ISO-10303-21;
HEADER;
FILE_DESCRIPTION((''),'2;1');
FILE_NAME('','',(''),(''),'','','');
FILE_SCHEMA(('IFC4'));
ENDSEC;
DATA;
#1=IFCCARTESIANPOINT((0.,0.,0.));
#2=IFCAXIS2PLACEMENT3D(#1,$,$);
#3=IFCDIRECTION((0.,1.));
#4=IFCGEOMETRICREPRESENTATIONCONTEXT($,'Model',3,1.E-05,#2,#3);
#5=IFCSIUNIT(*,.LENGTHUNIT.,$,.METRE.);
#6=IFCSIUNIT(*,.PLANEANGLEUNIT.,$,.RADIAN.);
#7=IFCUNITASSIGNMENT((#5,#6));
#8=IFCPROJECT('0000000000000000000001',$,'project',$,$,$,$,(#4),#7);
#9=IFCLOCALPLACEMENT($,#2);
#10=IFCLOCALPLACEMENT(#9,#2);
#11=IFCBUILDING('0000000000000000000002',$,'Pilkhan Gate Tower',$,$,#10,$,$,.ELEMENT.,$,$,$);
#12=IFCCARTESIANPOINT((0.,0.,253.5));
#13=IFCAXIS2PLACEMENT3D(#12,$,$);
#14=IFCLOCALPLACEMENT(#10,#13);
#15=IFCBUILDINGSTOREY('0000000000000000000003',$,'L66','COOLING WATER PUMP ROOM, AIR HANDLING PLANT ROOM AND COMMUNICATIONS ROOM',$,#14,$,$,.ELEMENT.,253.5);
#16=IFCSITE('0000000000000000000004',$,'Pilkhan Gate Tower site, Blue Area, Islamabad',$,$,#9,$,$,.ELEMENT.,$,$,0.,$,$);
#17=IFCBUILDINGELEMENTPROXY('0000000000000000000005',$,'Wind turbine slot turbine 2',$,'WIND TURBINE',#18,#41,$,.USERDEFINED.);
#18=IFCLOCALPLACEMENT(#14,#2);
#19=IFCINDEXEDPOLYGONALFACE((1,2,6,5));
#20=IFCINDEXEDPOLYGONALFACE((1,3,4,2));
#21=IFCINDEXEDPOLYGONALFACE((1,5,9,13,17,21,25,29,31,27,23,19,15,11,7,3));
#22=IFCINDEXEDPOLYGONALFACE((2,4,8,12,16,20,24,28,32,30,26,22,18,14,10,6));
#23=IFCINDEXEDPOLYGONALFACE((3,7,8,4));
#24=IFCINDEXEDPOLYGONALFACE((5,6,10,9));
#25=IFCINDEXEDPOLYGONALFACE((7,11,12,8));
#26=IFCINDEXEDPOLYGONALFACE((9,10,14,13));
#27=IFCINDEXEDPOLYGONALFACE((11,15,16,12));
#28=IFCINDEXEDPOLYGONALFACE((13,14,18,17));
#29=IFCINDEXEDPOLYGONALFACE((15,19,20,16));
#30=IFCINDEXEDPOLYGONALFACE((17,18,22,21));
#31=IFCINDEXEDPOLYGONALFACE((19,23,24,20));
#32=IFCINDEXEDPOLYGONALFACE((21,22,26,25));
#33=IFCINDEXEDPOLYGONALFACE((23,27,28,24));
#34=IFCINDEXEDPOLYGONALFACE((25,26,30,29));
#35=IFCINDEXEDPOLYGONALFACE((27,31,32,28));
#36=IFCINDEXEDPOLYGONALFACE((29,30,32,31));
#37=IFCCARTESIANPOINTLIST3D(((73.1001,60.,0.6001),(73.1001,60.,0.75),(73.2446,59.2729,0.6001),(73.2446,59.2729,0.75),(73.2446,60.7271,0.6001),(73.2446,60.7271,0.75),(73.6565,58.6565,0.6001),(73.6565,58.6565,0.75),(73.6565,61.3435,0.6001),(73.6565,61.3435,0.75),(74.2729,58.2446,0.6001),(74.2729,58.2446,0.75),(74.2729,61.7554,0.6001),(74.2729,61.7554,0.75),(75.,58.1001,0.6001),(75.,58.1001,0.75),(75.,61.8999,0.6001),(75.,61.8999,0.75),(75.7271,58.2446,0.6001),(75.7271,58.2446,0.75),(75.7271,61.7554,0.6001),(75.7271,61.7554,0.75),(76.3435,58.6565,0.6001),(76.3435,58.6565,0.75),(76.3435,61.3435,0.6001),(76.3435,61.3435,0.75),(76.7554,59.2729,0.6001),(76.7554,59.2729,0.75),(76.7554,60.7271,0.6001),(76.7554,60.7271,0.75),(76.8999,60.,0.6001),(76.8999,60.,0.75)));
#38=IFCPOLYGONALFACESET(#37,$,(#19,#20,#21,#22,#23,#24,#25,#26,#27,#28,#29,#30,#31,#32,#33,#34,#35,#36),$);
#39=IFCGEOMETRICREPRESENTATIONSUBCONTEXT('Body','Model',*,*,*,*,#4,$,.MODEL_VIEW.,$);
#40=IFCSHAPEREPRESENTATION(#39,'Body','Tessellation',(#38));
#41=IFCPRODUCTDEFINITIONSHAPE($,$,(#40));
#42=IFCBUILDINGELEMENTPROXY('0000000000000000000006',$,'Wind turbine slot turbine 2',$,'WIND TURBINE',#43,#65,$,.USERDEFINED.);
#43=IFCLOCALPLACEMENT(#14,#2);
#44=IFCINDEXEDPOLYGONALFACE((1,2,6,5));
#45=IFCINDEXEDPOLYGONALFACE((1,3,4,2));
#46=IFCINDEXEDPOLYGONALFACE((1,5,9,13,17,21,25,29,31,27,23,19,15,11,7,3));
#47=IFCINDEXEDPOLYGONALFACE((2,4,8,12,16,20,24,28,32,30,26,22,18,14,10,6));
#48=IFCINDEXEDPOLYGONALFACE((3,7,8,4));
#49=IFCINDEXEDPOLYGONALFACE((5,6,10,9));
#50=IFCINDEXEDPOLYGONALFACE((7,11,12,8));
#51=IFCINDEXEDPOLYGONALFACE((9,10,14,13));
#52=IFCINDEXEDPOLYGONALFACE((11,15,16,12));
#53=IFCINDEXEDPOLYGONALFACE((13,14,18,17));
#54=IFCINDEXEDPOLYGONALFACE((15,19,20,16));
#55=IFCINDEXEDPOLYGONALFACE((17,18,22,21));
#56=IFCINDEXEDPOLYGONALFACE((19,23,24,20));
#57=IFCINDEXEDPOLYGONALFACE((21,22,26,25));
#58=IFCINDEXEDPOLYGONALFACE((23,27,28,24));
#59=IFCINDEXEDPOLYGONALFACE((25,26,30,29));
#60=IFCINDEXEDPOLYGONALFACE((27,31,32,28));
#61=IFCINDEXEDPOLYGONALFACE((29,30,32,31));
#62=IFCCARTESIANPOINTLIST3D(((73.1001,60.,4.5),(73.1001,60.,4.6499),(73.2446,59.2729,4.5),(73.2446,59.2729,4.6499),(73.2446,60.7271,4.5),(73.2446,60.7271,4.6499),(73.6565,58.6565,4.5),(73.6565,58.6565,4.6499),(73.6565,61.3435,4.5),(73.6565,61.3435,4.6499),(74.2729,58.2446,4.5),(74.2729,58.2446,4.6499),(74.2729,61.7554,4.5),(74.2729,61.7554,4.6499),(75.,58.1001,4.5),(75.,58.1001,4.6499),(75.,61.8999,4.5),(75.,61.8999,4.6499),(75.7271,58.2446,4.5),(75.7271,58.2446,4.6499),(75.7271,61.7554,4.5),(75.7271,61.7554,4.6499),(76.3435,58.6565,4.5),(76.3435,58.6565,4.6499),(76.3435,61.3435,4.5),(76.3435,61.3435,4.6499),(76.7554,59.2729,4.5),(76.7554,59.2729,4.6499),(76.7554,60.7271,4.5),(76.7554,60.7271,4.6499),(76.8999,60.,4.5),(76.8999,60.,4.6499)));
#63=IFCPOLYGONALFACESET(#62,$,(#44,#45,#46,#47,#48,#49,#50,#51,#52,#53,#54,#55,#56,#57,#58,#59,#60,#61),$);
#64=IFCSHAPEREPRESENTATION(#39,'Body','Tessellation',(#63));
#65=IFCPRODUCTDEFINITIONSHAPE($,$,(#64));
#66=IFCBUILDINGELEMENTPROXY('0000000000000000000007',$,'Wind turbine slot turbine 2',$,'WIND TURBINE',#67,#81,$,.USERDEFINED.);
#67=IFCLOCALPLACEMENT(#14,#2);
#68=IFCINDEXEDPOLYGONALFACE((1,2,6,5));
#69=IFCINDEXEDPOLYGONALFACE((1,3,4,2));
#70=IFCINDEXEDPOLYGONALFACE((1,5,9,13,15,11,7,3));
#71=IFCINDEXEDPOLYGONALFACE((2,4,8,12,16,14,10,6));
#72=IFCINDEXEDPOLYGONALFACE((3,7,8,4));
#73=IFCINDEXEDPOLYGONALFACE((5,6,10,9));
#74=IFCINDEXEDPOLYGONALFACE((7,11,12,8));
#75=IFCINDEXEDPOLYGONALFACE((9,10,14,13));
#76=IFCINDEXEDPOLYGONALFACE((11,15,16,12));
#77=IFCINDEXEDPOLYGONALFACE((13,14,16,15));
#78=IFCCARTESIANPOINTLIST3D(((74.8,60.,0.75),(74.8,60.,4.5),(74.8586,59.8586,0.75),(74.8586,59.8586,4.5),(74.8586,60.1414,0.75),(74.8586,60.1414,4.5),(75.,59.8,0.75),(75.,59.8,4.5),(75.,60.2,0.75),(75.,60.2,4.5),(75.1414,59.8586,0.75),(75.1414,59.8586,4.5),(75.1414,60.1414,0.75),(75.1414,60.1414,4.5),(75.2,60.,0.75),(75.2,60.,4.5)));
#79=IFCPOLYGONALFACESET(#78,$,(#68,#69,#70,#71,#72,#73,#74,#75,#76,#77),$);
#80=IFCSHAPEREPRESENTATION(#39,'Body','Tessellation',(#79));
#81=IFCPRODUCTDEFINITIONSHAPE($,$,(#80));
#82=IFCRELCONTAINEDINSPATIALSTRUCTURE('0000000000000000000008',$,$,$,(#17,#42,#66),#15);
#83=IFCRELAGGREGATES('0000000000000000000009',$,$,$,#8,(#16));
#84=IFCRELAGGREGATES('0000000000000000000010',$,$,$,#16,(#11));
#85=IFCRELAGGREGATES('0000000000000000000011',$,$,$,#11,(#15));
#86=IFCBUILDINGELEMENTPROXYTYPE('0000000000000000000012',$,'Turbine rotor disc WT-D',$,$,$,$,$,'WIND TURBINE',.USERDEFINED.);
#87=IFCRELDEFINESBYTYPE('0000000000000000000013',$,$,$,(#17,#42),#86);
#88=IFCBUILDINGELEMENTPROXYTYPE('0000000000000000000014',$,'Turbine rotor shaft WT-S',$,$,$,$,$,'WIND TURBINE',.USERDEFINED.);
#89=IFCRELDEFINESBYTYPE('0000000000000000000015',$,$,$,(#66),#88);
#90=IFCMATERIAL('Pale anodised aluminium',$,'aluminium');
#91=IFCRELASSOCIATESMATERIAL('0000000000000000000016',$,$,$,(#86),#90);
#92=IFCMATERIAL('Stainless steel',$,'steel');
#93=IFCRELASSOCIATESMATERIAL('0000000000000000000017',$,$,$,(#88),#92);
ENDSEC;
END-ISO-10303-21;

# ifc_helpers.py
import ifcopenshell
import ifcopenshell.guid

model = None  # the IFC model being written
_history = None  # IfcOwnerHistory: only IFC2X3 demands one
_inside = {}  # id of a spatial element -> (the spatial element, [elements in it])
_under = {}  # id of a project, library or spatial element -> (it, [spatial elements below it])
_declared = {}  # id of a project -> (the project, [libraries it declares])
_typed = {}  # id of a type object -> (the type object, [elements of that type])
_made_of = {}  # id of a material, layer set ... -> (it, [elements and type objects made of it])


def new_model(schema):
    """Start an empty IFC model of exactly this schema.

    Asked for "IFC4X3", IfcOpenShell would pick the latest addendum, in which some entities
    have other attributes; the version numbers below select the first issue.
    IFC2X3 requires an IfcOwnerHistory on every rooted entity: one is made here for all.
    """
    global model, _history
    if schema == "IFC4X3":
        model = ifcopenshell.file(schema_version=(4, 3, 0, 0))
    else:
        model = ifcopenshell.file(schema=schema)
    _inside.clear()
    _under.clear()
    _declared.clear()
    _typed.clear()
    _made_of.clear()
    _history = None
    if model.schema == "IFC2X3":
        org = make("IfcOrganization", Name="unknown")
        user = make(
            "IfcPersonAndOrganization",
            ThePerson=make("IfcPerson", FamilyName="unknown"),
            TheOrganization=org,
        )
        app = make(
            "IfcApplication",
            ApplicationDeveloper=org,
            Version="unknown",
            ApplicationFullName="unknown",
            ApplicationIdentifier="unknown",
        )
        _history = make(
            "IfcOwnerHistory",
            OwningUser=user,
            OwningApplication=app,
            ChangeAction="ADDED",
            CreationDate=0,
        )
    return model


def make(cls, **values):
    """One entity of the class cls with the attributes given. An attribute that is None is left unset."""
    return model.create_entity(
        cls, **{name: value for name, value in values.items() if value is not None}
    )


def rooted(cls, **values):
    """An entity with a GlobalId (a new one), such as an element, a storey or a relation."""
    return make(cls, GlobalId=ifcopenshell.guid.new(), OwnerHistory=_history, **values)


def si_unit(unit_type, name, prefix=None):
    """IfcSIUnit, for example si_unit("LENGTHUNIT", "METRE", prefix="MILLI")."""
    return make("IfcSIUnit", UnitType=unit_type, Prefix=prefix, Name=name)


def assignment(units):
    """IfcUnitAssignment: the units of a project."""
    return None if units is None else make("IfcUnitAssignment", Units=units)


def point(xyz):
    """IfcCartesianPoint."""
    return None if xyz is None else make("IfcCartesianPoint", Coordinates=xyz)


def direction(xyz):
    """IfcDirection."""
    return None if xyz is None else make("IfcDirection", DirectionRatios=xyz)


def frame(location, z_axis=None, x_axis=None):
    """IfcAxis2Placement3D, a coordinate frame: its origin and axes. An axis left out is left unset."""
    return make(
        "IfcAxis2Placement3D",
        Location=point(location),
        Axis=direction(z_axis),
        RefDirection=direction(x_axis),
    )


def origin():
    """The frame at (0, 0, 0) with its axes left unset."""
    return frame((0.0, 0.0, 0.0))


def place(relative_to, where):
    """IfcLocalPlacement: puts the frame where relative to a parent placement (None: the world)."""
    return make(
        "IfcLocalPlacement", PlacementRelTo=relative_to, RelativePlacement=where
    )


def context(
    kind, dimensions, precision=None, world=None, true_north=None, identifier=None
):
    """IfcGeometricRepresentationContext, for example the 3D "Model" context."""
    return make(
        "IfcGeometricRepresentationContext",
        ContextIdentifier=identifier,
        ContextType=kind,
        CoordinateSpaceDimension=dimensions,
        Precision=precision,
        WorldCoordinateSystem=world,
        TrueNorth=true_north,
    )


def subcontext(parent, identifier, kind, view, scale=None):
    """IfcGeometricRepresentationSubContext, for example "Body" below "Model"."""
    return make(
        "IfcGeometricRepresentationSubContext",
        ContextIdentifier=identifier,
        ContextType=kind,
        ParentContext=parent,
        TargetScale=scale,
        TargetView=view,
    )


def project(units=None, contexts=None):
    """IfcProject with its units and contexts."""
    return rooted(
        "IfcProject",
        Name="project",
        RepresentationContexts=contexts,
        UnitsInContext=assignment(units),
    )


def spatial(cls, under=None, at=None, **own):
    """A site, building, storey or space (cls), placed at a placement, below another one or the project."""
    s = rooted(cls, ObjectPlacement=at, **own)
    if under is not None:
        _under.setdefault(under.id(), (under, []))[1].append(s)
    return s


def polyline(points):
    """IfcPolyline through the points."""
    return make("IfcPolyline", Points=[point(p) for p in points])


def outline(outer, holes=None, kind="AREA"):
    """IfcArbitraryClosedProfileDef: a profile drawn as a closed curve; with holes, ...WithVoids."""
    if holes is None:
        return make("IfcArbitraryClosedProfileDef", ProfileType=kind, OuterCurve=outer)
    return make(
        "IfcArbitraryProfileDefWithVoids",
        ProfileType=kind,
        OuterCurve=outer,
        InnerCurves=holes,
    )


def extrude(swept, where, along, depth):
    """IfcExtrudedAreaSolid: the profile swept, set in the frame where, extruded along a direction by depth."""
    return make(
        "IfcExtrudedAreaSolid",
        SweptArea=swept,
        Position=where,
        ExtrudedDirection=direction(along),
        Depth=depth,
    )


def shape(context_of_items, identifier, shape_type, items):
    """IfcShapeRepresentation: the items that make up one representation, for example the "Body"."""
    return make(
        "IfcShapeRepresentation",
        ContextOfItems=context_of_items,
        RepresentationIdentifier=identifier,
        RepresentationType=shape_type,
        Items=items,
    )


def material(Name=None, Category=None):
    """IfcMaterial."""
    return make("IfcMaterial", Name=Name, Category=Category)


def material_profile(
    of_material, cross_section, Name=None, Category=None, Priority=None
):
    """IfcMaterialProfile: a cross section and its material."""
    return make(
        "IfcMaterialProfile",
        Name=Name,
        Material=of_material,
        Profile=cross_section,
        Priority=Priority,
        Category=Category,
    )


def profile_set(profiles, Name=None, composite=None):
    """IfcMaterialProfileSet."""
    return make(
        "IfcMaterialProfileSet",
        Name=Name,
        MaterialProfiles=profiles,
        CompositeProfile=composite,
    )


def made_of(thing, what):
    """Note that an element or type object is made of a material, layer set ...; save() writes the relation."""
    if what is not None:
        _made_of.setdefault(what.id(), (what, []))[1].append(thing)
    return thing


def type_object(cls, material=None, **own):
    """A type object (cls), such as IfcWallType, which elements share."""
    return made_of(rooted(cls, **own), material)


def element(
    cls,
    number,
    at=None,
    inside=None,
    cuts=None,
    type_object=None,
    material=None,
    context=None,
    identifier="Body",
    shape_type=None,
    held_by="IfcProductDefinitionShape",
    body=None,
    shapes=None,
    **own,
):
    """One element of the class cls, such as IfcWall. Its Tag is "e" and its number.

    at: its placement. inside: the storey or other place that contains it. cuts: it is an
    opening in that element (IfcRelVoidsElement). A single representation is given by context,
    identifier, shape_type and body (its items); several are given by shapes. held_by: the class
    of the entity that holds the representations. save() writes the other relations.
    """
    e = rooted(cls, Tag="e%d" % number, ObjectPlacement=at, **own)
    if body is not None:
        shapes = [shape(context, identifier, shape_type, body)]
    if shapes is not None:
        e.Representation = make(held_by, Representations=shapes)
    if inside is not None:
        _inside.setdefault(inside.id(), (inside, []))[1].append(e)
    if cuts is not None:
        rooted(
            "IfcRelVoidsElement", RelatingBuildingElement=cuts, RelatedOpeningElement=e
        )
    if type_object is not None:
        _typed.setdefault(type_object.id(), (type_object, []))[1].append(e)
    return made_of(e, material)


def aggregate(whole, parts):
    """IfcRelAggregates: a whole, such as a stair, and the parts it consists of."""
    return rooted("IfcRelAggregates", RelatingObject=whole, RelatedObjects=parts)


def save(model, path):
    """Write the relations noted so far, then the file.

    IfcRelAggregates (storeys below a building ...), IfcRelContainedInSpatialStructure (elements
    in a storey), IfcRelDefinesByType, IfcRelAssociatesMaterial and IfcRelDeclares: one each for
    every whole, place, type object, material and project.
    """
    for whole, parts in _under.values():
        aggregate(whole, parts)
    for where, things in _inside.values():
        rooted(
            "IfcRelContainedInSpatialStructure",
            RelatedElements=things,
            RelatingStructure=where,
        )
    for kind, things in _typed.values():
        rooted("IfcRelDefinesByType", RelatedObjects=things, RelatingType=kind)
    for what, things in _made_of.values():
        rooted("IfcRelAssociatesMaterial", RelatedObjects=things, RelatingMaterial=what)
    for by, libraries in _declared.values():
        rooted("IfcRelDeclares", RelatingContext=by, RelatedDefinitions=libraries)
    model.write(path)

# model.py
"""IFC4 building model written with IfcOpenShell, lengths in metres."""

from ifc_helpers import new_model, si_unit, direction, frame, origin, place, context, subcontext, project, spatial, polyline, outline, extrude, material, material_profile, profile_set, type_object, element, save


model = new_model("IFC4")

# Units and contexts
model_context = context("Model", 3, precision=1e-05, world=origin(), true_north=direction((0.0, 1.0)))
body_context = subcontext(model_context, "Body", "Model", "MODEL_VIEW")
ifc_project = project(units=[si_unit("LENGTHUNIT", "METRE"), si_unit("PLANEANGLEUNIT", "RADIAN")], contexts=[model_context])

# Site, building, storey
site_placement = place(None, origin())
site = spatial("IfcSite", under=ifc_project, at=site_placement, Name="Pilkhan Gate Tower site, Blue Area, Islamabad", CompositionType="ELEMENT", RefElevation=0.0)
building_placement = place(site_placement, origin())
building = spatial("IfcBuilding", under=site, at=building_placement, Name="Pilkhan Gate Tower", CompositionType="ELEMENT")
storey_placement = place(building_placement, frame((0.0, 0.0, 253.5)))
storey = spatial("IfcBuildingStorey", under=building, at=storey_placement, Name="L66", Description="COOLING WATER PUMP ROOM, AIR HANDLING PLANT ROOM AND COMMUNICATIONS ROOM", CompositionType="ELEMENT", Elevation=253.5)

# Building element proxies
ifc_material_1 = material(Name="Pale anodised aluminium", Category="aluminium")
ifc_material_profile_1 = material_profile(ifc_material_1, outline(polyline([(1.8999, 0.0), (1.7554, 0.7271), (1.3435, 1.3435), (0.7271, 1.7554), (0.0, 1.8999), (-0.7271, 1.7554), (-1.3435, 1.3435), (-1.7554, 0.7271), (-1.8999, 0.0), (-1.7554, -0.7271), (-1.3435, -1.3435), (-0.7271, -1.7554), (0.0, -1.8999), (0.7271, -1.7554), (1.3435, -1.3435), (1.7554, -0.7271), (1.8999, 0.0)])), Name="Rotor disc D3.8")
ifc_profile_set_1 = profile_set([ifc_material_profile_1], Name="Pale anodised aluminium")
building_element_proxy_type_1 = type_object("IfcBuildingElementProxyType", Name="Turbine rotor disc WT-D", ElementType="WIND TURBINE", PredefinedType="USERDEFINED", material=ifc_profile_set_1)
for number, where, z_axis, x_axis, name in (
    (1, (75.0, 60.0, 0.6001), (0.0, 0.0, 1.0), (1.0, 0.0, 0.0), "Wind turbine slot turbine 2"),
    (2, (75.0, 60.0, 4.5), (0.0, 0.0, 1.0), (1.0, 0.0, 0.0), "Wind turbine slot turbine 2"),
):
    element("IfcBuildingElementProxy", number, at=place(storey_placement, frame(where, z_axis=z_axis, x_axis=x_axis)), inside=storey, type_object=building_element_proxy_type_1, Name=name, ObjectType="WIND TURBINE", PredefinedType="USERDEFINED", context=body_context, shape_type="SweptSolid", body=[
        extrude(outline(polyline([(1.8999, 0.0), (1.7554, 0.7271), (1.3435, 1.3435), (0.7271, 1.7554), (0.0, 1.8999), (-0.7271, 1.7554), (-1.3435, 1.3435), (-1.7554, 0.7271), (-1.8999, 0.0), (-1.7554, -0.7271), (-1.3435, -1.3435), (-0.7271, -1.7554), (0.0, -1.8999), (0.7271, -1.7554), (1.3435, -1.3435), (1.7554, -0.7271), (1.8999, 0.0)])), origin(), (0.0, 0.0, 1.0), 0.1499),
    ])
ifc_material_2 = material(Name="Stainless steel", Category="steel")
ifc_material_profile_2 = material_profile(ifc_material_2, outline(polyline([(0.2, 0.0), (0.1414, 0.1414), (0.0, 0.2), (-0.1414, 0.1414), (-0.2, 0.0), (-0.1414, -0.1414), (0.0, -0.2), (0.1414, -0.1414), (0.2, 0.0)])), Name="Shaft D0.4")
ifc_profile_set_2 = profile_set([ifc_material_profile_2], Name="Stainless steel")
building_element_proxy_type_2 = type_object("IfcBuildingElementProxyType", Name="Turbine rotor shaft WT-S", ElementType="WIND TURBINE", PredefinedType="USERDEFINED", material=ifc_profile_set_2)
proxy_placement = place(storey_placement, frame((75.0, 60.0, 0.75), z_axis=(0.0, 0.0, 1.0), x_axis=(1.0, 0.0, 0.0)))
element("IfcBuildingElementProxy", 3, at=proxy_placement, inside=storey, type_object=building_element_proxy_type_2, Name="Wind turbine slot turbine 2", ObjectType="WIND TURBINE", PredefinedType="USERDEFINED", context=body_context, shape_type="SweptSolid", body=[
    extrude(outline(polyline([(0.2, 0.0), (0.1414, 0.1414), (0.0, 0.2), (-0.1414, 0.1414), (-0.2, 0.0), (-0.1414, -0.1414), (0.0, -0.2), (0.1414, -0.1414), (0.2, 0.0)])), origin(), (0.0, 0.0, 1.0), 3.75),
])

save(model, "model.ifc")
